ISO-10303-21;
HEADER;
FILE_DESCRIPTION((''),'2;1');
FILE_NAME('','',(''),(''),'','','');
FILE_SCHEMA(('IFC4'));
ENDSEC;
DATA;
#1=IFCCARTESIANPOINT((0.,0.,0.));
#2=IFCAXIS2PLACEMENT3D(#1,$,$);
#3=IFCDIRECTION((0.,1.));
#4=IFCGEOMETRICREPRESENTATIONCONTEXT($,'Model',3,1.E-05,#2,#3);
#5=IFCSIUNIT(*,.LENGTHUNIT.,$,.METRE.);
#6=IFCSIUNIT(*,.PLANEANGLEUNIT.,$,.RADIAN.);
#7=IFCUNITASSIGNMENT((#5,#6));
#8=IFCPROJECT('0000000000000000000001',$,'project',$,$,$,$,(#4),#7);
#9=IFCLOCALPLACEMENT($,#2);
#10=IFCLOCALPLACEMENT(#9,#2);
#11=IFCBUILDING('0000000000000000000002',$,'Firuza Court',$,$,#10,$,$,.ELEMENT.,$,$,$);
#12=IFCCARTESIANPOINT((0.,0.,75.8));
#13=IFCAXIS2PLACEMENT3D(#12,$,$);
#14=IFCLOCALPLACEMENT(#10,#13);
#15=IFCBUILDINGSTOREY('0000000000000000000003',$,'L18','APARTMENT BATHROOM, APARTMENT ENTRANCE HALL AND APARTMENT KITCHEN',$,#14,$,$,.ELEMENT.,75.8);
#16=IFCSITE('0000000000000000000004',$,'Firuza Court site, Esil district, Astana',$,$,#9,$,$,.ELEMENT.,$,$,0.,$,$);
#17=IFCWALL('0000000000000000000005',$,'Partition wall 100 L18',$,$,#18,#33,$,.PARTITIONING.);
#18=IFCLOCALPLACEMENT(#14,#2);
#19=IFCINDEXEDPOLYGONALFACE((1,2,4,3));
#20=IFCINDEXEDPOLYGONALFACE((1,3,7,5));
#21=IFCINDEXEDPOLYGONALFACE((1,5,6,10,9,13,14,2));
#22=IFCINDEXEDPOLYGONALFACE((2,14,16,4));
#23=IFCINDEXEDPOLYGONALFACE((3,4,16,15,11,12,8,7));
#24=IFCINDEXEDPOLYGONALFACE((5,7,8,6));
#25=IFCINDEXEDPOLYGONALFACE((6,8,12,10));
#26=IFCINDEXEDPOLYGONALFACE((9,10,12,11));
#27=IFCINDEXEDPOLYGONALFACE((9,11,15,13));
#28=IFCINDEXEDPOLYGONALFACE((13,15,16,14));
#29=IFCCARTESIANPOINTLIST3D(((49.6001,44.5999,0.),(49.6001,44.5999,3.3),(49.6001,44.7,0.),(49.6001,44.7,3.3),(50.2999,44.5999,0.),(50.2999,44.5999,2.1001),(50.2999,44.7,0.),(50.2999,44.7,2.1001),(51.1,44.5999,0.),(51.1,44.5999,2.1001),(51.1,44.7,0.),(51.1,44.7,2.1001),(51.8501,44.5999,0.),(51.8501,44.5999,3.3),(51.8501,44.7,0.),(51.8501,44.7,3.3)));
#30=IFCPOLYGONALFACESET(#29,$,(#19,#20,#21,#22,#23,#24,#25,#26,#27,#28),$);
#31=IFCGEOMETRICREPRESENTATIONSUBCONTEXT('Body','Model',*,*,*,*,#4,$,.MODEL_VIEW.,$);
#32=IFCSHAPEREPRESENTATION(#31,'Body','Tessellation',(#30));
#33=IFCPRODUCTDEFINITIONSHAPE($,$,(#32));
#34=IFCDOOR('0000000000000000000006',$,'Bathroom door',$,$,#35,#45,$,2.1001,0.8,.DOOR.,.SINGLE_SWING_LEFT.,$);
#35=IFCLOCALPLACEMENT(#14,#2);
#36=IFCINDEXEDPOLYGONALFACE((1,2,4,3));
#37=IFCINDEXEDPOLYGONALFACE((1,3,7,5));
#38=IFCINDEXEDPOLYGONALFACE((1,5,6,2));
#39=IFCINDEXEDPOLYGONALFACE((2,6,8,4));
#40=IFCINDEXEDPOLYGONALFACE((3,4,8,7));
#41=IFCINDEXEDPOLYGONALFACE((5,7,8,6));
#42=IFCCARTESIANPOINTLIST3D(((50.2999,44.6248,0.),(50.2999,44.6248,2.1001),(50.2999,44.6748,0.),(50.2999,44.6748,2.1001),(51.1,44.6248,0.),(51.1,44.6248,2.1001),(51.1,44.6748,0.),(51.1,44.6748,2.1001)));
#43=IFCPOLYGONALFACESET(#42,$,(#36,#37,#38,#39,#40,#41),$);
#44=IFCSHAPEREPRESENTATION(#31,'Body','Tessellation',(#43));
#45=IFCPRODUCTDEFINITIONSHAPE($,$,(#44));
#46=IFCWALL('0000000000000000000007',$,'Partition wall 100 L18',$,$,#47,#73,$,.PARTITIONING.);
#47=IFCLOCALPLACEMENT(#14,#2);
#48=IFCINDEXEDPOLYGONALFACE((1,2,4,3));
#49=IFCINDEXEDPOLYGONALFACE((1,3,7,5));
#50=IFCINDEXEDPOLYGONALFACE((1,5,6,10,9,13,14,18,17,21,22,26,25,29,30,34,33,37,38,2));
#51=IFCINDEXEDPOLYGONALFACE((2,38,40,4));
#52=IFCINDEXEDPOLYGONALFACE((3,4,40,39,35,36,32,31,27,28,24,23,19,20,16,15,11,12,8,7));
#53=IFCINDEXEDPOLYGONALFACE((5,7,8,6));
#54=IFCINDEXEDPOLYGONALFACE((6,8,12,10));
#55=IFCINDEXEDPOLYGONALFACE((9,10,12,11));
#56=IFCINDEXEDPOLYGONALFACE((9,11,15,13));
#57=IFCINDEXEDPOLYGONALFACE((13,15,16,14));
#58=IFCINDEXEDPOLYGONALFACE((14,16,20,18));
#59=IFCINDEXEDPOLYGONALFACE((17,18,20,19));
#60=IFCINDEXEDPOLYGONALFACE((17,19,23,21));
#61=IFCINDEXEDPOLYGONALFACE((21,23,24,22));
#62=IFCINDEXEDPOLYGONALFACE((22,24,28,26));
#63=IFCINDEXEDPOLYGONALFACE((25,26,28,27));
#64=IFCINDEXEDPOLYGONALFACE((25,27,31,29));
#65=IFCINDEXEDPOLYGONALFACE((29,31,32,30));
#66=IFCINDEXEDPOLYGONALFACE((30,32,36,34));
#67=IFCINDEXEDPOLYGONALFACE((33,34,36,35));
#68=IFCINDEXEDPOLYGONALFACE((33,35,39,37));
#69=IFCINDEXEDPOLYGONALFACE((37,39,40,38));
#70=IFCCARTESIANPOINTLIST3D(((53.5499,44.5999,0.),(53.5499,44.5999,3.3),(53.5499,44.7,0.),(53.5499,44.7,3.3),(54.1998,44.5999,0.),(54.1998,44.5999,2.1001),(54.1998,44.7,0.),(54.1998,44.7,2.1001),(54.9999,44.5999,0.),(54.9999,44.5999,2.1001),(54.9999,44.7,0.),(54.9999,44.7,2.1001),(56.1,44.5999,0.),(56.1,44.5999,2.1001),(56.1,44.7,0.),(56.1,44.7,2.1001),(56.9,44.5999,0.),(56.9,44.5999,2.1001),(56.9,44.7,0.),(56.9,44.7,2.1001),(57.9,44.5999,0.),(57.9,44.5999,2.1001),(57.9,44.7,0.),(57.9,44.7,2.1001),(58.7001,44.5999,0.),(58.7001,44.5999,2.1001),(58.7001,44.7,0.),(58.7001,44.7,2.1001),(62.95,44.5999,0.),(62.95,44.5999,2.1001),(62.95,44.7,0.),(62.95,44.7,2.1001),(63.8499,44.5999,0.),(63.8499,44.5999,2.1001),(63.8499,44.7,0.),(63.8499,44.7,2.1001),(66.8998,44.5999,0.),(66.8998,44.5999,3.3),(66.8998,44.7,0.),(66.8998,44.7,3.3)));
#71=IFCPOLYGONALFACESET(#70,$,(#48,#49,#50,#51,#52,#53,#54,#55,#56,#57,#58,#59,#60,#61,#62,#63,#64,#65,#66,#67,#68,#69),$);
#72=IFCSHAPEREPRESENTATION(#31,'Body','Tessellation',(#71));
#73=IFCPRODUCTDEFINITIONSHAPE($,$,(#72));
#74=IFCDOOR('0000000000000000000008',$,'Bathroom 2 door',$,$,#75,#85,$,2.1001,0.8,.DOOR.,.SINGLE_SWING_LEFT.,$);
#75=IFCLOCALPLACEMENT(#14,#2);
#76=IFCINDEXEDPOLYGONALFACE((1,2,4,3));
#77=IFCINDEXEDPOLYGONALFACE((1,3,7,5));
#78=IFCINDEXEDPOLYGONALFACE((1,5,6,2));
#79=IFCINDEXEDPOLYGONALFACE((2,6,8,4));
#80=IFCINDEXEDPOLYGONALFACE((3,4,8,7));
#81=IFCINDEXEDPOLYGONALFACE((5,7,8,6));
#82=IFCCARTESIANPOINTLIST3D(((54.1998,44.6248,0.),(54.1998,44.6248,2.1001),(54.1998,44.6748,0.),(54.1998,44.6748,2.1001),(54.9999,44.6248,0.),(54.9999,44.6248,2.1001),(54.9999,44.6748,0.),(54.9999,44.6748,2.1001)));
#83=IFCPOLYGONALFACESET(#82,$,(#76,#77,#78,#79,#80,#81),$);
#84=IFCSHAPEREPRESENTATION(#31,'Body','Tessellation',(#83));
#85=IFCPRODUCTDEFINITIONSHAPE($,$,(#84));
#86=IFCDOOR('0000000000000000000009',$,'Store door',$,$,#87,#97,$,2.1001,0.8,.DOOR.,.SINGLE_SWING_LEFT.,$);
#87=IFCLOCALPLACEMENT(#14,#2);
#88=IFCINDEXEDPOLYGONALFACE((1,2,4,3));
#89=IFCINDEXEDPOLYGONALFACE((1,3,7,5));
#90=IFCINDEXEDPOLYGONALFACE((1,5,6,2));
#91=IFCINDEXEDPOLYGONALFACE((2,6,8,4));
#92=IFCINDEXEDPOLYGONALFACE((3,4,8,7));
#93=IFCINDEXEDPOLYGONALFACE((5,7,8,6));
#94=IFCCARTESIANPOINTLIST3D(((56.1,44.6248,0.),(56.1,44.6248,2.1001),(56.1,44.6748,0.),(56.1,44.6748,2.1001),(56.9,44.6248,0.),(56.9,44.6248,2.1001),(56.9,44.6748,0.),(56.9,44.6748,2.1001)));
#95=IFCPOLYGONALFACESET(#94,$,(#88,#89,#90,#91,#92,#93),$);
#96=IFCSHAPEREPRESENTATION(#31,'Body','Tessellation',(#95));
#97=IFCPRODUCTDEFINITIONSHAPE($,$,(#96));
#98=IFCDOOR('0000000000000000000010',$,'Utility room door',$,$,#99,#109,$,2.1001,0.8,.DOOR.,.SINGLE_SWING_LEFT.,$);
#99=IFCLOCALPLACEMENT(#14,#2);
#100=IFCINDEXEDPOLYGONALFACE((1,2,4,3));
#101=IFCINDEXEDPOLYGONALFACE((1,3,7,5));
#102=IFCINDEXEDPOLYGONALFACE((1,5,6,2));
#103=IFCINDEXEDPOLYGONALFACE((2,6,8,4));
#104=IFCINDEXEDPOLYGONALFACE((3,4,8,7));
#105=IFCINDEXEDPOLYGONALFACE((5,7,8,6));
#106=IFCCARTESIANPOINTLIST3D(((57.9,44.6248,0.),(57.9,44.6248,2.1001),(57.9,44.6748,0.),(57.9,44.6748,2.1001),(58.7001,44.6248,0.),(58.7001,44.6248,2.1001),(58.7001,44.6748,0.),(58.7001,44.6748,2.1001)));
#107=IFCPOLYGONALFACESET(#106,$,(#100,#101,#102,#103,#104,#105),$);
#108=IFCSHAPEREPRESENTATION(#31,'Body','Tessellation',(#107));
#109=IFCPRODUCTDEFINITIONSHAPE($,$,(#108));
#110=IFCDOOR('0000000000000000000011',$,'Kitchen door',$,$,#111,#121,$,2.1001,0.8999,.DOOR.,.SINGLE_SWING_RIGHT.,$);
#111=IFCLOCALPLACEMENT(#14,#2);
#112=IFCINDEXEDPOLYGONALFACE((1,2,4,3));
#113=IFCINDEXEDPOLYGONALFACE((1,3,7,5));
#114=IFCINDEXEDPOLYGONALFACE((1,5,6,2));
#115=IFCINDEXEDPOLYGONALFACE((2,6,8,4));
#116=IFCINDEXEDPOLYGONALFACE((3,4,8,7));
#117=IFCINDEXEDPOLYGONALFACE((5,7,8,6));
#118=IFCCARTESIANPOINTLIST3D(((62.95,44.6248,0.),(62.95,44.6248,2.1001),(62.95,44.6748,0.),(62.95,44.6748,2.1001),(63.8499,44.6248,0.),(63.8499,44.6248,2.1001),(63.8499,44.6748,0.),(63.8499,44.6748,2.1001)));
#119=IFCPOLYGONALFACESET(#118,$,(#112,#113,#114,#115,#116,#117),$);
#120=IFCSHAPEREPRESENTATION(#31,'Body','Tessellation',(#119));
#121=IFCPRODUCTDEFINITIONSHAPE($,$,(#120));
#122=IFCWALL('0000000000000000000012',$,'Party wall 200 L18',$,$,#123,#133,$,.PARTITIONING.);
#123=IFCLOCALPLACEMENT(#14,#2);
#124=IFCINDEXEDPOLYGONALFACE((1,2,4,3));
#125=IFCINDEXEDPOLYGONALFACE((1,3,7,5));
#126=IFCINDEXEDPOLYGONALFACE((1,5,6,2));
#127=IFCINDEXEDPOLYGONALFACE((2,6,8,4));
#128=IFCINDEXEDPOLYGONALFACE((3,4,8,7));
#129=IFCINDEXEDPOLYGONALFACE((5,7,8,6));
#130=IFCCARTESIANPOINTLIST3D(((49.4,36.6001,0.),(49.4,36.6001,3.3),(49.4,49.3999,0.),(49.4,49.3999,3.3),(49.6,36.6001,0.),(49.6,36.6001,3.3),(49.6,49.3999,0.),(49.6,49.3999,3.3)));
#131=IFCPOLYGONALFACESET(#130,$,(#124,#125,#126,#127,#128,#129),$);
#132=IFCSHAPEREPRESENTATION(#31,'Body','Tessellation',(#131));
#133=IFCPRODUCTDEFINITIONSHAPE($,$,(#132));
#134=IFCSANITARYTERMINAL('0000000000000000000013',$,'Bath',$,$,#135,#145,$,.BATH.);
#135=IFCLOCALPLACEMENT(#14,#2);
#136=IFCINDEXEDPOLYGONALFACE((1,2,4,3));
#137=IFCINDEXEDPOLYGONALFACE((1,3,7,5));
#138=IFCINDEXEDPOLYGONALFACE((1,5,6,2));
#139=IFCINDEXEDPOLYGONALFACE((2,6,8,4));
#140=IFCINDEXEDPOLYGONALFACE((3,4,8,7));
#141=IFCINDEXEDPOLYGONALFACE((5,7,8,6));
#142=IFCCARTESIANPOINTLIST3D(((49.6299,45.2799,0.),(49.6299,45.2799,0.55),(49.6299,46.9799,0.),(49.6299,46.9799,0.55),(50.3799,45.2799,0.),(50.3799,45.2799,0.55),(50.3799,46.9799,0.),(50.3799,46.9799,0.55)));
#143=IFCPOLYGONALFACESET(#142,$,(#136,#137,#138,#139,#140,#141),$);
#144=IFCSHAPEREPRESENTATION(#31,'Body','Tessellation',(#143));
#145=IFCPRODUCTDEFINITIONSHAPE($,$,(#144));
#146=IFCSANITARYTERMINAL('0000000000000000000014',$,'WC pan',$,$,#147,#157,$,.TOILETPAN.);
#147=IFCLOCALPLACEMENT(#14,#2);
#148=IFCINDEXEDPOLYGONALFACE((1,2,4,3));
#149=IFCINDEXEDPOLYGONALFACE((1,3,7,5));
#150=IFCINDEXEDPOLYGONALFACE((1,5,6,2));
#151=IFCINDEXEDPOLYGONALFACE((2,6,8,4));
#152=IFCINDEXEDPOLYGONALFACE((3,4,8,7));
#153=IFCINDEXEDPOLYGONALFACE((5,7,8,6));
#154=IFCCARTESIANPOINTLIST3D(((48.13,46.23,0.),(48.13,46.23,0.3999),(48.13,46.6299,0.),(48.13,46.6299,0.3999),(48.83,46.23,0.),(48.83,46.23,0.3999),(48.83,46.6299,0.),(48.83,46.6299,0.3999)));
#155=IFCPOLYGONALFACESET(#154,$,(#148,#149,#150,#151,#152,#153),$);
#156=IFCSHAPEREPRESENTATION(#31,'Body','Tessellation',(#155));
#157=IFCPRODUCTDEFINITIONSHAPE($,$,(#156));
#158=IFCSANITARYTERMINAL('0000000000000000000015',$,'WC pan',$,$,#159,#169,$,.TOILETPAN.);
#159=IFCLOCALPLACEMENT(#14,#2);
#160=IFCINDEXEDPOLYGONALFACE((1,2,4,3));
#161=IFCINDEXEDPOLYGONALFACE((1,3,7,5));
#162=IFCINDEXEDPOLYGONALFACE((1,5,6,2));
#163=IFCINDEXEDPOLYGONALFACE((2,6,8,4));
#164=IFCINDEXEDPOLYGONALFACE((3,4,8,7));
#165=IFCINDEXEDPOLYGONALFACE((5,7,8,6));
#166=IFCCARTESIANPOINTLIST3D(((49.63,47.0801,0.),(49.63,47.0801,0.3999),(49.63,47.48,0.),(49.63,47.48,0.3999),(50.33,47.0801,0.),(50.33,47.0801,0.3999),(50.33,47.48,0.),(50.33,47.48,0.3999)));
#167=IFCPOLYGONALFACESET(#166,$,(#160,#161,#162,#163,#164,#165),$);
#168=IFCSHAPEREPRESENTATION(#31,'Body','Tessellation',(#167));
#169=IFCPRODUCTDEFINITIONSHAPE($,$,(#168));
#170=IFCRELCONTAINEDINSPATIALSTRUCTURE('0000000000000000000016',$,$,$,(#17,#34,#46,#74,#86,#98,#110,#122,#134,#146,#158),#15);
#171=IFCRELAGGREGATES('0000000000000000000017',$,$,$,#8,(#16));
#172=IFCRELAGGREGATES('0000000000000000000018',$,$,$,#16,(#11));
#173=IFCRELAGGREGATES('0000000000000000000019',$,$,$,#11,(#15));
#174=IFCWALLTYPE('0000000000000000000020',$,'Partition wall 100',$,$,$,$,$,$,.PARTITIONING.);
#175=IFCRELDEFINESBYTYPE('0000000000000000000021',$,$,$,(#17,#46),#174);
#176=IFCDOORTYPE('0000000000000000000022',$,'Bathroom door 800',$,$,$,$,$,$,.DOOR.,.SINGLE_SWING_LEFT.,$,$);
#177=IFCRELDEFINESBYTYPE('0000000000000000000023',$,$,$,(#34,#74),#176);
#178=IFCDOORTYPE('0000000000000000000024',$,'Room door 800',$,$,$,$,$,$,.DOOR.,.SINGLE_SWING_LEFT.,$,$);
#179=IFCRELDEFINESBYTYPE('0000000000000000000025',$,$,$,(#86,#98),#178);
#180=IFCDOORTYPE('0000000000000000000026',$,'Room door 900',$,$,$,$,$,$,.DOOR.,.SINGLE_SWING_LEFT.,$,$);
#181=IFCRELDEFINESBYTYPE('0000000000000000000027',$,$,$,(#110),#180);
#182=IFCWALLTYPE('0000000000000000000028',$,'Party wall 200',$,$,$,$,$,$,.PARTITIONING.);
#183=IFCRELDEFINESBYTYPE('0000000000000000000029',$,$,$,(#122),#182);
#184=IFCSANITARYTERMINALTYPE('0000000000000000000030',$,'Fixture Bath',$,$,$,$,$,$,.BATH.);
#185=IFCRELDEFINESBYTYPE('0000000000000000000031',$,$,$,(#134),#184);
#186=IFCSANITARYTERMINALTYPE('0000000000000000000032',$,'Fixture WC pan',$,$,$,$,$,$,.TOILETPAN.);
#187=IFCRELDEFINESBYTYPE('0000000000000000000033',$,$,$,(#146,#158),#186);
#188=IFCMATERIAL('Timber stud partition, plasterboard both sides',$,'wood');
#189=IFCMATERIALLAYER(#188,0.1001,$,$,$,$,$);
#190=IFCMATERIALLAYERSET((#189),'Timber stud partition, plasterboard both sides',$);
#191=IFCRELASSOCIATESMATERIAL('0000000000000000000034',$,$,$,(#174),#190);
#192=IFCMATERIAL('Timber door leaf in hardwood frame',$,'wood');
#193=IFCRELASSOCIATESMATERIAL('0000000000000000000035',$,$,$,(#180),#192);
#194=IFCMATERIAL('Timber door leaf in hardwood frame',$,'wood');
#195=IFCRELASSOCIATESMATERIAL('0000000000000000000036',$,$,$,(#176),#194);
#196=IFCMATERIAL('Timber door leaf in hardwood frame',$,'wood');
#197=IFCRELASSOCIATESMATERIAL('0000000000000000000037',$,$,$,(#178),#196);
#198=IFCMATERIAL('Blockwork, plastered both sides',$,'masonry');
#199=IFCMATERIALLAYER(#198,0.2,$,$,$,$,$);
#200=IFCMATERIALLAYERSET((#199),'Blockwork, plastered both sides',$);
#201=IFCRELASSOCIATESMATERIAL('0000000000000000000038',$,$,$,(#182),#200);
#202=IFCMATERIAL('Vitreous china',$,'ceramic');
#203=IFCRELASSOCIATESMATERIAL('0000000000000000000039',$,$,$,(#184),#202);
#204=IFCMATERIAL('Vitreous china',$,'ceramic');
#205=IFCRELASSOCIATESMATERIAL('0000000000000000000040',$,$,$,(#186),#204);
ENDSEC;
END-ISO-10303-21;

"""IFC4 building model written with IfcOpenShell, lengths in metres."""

from ifc_helpers import new_model, si_unit, direction, frame, frame_2d, origin, origin_2d, place, context, subcontext, project, spatial, rectangle, extrude, material, layer, layer_set, type_object, element, fill, save


model = new_model("IFC4")

# Units and contexts
model_context = context("Model", 3, precision=1e-05, world=origin(), true_north=direction((0.0, 1.0)))
body_context = subcontext(model_context, "Body", "Model", "MODEL_VIEW")
ifc_project = project(units=[si_unit("LENGTHUNIT", "METRE"), si_unit("PLANEANGLEUNIT", "RADIAN")], contexts=[model_context])

# Site, building, storey
site_placement = place(None, origin())
site = spatial("IfcSite", under=ifc_project, at=site_placement, Name="Firuza Court site, Esil district, Astana", CompositionType="ELEMENT", RefElevation=0.0)
building_placement = place(site_placement, origin())
building = spatial("IfcBuilding", under=site, at=building_placement, Name="Firuza Court", CompositionType="ELEMENT")
storey_placement = place(building_placement, frame((0.0, 0.0, 75.8)))
storey = spatial("IfcBuildingStorey", under=building, at=storey_placement, Name="L18", Description="APARTMENT BATHROOM, APARTMENT ENTRANCE HALL AND APARTMENT KITCHEN", CompositionType="ELEMENT", Elevation=75.8)

# Shared definitions
ifc_material_1 = material(Name="Timber stud partition, plasterboard both sides", Category="wood")
ifc_layer_1 = layer(ifc_material_1, 0.1001)
ifc_layer_set_1 = layer_set([ifc_layer_1], Name="Timber stud partition, plasterboard both sides")
wall_type_1 = type_object("IfcWallType", Name="Partition wall 100", PredefinedType="PARTITIONING", material=ifc_layer_set_1)
ifc_material_2 = material(Name="Timber door leaf in hardwood frame", Category="wood")
door_type_1 = type_object("IfcDoorType", Name="Room door 900", OperationType="SINGLE_SWING_LEFT", PredefinedType="DOOR", material=ifc_material_2)

# Wall, opening, door
wall_1_placement = place(storey_placement, frame((49.6001, 44.6499, 0.0), z_axis=(0.0, 0.0, 1.0), x_axis=(1.0, 0.0, 0.0)))
wall_1 = element("IfcWall", 1, at=wall_1_placement, inside=storey, type_object=wall_type_1, Name="Partition wall 100 L18", PredefinedType="PARTITIONING", context=body_context, shape_type="SweptSolid", body=[
    extrude(rectangle(XDim=2.25, YDim=0.1001, at=frame_2d((1.125, 0.0))), origin(), (0.0, 0.0, 1.0), 3.3),
])
opening_1_placement = place(wall_1_placement, frame((0.7, 0.0, 0.0)))
opening_1 = element("IfcOpeningElement", 2, at=opening_1_placement, cuts=wall_1, PredefinedType="OPENING", context=body_context, shape_type="SweptSolid", body=[
    extrude(rectangle(XDim=0.8, YDim=2.1001, at=frame_2d((0.3999, 1.05))), frame((0.0, 0.062, 0.0), z_axis=(0.0, -1.0, 0.0), x_axis=(1.0, 0.0, 0.0)), (0.0, 0.0, 1.0), 0.124),
])
ifc_material_3 = material(Name="Timber door leaf in hardwood frame", Category="wood")
door_type_2 = type_object("IfcDoorType", Name="Bathroom door 800", OperationType="SINGLE_SWING_LEFT", PredefinedType="DOOR", material=ifc_material_3)
door_1_placement = place(opening_1_placement, origin())
door_1 = element("IfcDoor", 3, at=door_1_placement, inside=storey, type_object=door_type_2, Name="Bathroom door", OperationType="SINGLE_SWING_LEFT", OverallHeight=2.1001, OverallWidth=0.8, PredefinedType="DOOR", context=body_context, shape_type="SweptSolid", body=[
    extrude(rectangle(XDim=0.8, YDim=2.1001, at=frame_2d((0.3999, 1.05))), frame((0.0, 0.0249, 0.0), z_axis=(0.0, -1.0, 0.0), x_axis=(1.0, 0.0, 0.0)), (0.0, 0.0, 1.0), 0.05),
])
fill(opening_1, door_1)

# Wall, openings, doors
wall_2_placement = place(storey_placement, frame((53.55, 44.6499, 0.0), z_axis=(0.0, 0.0, 1.0), x_axis=(1.0, 0.0, 0.0)))
wall_2 = element("IfcWall", 4, at=wall_2_placement, inside=storey, type_object=wall_type_1, Name="Partition wall 100 L18", PredefinedType="PARTITIONING", context=body_context, shape_type="SweptSolid", body=[
    extrude(rectangle(XDim=13.3499, YDim=0.1001, at=frame_2d((6.6748, 0.0))), origin(), (0.0, 0.0, 1.0), 3.3),
])
opening_2_placement = place(wall_2_placement, frame((0.6499, 0.0, 0.0)))
opening_2 = element("IfcOpeningElement", 5, at=opening_2_placement, cuts=wall_2, PredefinedType="OPENING", context=body_context, shape_type="SweptSolid", body=[
    extrude(rectangle(XDim=0.8, YDim=2.1001, at=frame_2d((0.3999, 1.05))), frame((0.0, 0.062, 0.0), z_axis=(0.0, -1.0, 0.0), x_axis=(1.0, 0.0, 0.0)), (0.0, 0.0, 1.0), 0.124),
])
opening_3_placement = place(wall_2_placement, frame((9.3999, 0.0, 0.0)))
opening_3 = element("IfcOpeningElement", 6, at=opening_3_placement, cuts=wall_2, PredefinedType="OPENING", context=body_context, shape_type="SweptSolid", body=[
    extrude(rectangle(XDim=0.8999, YDim=2.1001, at=frame_2d((0.45, 1.05))), frame((0.0, 0.062, 0.0), z_axis=(0.0, -1.0, 0.0), x_axis=(1.0, 0.0, 0.0)), (0.0, 0.0, 1.0), 0.124),
])
opening_4_placement = place(wall_2_placement, frame((2.55, 0.0, 0.0)))
opening_4 = element("IfcOpeningElement", 7, at=opening_4_placement, cuts=wall_2, PredefinedType="OPENING", context=body_context, shape_type="SweptSolid", body=[
    extrude(rectangle(XDim=0.8, YDim=2.1001, at=frame_2d((0.3999, 1.05))), frame((0.0, 0.062, 0.0), z_axis=(0.0, -1.0, 0.0), x_axis=(1.0, 0.0, 0.0)), (0.0, 0.0, 1.0), 0.124),
])
opening_5_placement = place(wall_2_placement, frame((4.3501, 0.0, 0.0)))
opening_5 = element("IfcOpeningElement", 8, at=opening_5_placement, cuts=wall_2, PredefinedType="OPENING", context=body_context, shape_type="SweptSolid", body=[
    extrude(rectangle(XDim=0.8, YDim=2.1001, at=frame_2d((0.3999, 1.05))), frame((0.0, 0.062, 0.0), z_axis=(0.0, -1.0, 0.0), x_axis=(1.0, 0.0, 0.0)), (0.0, 0.0, 1.0), 0.124),
])
door_2_placement = place(opening_2_placement, origin())
door_2 = element("IfcDoor", 9, at=door_2_placement, inside=storey, type_object=door_type_2, Name="Bathroom 2 door", OperationType="SINGLE_SWING_LEFT", OverallHeight=2.1001, OverallWidth=0.8, PredefinedType="DOOR", context=body_context, shape_type="SweptSolid", body=[
    extrude(rectangle(XDim=0.8, YDim=2.1001, at=frame_2d((0.3999, 1.05))), frame((0.0, 0.0249, 0.0), z_axis=(0.0, -1.0, 0.0), x_axis=(1.0, 0.0, 0.0)), (0.0, 0.0, 1.0), 0.05),
])
fill(opening_2, door_2)
ifc_material_4 = material(Name="Timber door leaf in hardwood frame", Category="wood")
door_type_3 = type_object("IfcDoorType", Name="Room door 800", OperationType="SINGLE_SWING_LEFT", PredefinedType="DOOR", material=ifc_material_4)
door_3_placement = place(opening_4_placement, origin())
door_3 = element("IfcDoor", 10, at=door_3_placement, inside=storey, type_object=door_type_3, Name="Store door", OperationType="SINGLE_SWING_LEFT", OverallHeight=2.1001, OverallWidth=0.8, PredefinedType="DOOR", context=body_context, shape_type="SweptSolid", body=[
    extrude(rectangle(XDim=0.8, YDim=2.1001, at=frame_2d((0.3999, 1.05))), frame((0.0, 0.0249, 0.0), z_axis=(0.0, -1.0, 0.0), x_axis=(1.0, 0.0, 0.0)), (0.0, 0.0, 1.0), 0.05),
])
fill(opening_4, door_3)
door_4_placement = place(opening_5_placement, origin())
door_4 = element("IfcDoor", 11, at=door_4_placement, inside=storey, type_object=door_type_3, Name="Utility room door", OperationType="SINGLE_SWING_LEFT", OverallHeight=2.1001, OverallWidth=0.8, PredefinedType="DOOR", context=body_context, shape_type="SweptSolid", body=[
    extrude(rectangle(XDim=0.8, YDim=2.1001, at=frame_2d((0.3999, 1.05))), frame((0.0, 0.0249, 0.0), z_axis=(0.0, -1.0, 0.0), x_axis=(1.0, 0.0, 0.0)), (0.0, 0.0, 1.0), 0.05),
])
fill(opening_5, door_4)
door_5_placement = place(opening_3_placement, origin())
door_5 = element("IfcDoor", 12, at=door_5_placement, inside=storey, type_object=door_type_1, Name="Kitchen door", OperationType="SINGLE_SWING_RIGHT", OverallHeight=2.1001, OverallWidth=0.8999, PredefinedType="DOOR", context=body_context, shape_type="SweptSolid", body=[
    extrude(rectangle(XDim=0.8999, YDim=2.1001, at=frame_2d((0.45, 1.05))), frame((0.0, 0.0249, 0.0), z_axis=(0.0, -1.0, 0.0), x_axis=(1.0, 0.0, 0.0)), (0.0, 0.0, 1.0), 0.05),
])
fill(opening_3, door_5)

# Wall
ifc_material_5 = material(Name="Blockwork, plastered both sides", Category="masonry")
ifc_layer_2 = layer(ifc_material_5, 0.2)
ifc_layer_set_2 = layer_set([ifc_layer_2], Name="Blockwork, plastered both sides")
wall_type_2 = type_object("IfcWallType", Name="Party wall 200", PredefinedType="PARTITIONING", material=ifc_layer_set_2)
wall_3_placement = place(storey_placement, frame((49.5, 36.6001, 0.0), z_axis=(0.0, 0.0, 1.0), x_axis=(0.0, 1.0, 0.0)))
element("IfcWall", 13, at=wall_3_placement, inside=storey, type_object=wall_type_2, Name="Party wall 200 L18", PredefinedType="PARTITIONING", context=body_context, shape_type="SweptSolid", body=[
    extrude(rectangle(XDim=12.7998, YDim=0.2, at=frame_2d((6.3999, 0.0))), origin(), (0.0, 0.0, 1.0), 3.3),
])

# Sanitary terminals
ifc_material_6 = material(Name="Vitreous china", Category="ceramic")
sanitary_terminal_type_1 = type_object("IfcSanitaryTerminalType", Name="Fixture Bath", PredefinedType="BATH", material=ifc_material_6)
sanitary_terminal_placement = place(storey_placement, frame((50.0049, 46.1299, 0.0), z_axis=(0.0, 0.0, 1.0), x_axis=(1.0, 0.0, 0.0)))
element("IfcSanitaryTerminal", 14, at=sanitary_terminal_placement, inside=storey, type_object=sanitary_terminal_type_1, Name="Bath", PredefinedType="BATH", context=body_context, shape_type="SweptSolid", body=[
    extrude(rectangle(XDim=0.75, YDim=1.7, at=origin_2d()), origin(), (0.0, 0.0, 1.0), 0.55),
])
ifc_material_7 = material(Name="Vitreous china", Category="ceramic")
sanitary_terminal_type_2 = type_object("IfcSanitaryTerminalType", Name="Fixture WC pan", PredefinedType="TOILETPAN", material=ifc_material_7)
for number, where, z_axis, x_axis, name in (
    (15, (48.48, 46.4299, 0.0), (0.0, 0.0, 1.0), (1.0, 0.0, 0.0), "WC pan"),
    (16, (49.98, 47.28, 0.0), (0.0, 0.0, 1.0), (1.0, 0.0, 0.0), "WC pan"),
):
    element("IfcSanitaryTerminal", number, at=place(storey_placement, frame(where, z_axis=z_axis, x_axis=x_axis)), inside=storey, type_object=sanitary_terminal_type_2, Name=name, PredefinedType="TOILETPAN", context=body_context, shape_type="SweptSolid", body=[
        extrude(rectangle(XDim=0.7, YDim=0.3999, at=origin_2d()), origin(), (0.0, 0.0, 1.0), 0.3999),
    ])

save(model, "model.ifc")
